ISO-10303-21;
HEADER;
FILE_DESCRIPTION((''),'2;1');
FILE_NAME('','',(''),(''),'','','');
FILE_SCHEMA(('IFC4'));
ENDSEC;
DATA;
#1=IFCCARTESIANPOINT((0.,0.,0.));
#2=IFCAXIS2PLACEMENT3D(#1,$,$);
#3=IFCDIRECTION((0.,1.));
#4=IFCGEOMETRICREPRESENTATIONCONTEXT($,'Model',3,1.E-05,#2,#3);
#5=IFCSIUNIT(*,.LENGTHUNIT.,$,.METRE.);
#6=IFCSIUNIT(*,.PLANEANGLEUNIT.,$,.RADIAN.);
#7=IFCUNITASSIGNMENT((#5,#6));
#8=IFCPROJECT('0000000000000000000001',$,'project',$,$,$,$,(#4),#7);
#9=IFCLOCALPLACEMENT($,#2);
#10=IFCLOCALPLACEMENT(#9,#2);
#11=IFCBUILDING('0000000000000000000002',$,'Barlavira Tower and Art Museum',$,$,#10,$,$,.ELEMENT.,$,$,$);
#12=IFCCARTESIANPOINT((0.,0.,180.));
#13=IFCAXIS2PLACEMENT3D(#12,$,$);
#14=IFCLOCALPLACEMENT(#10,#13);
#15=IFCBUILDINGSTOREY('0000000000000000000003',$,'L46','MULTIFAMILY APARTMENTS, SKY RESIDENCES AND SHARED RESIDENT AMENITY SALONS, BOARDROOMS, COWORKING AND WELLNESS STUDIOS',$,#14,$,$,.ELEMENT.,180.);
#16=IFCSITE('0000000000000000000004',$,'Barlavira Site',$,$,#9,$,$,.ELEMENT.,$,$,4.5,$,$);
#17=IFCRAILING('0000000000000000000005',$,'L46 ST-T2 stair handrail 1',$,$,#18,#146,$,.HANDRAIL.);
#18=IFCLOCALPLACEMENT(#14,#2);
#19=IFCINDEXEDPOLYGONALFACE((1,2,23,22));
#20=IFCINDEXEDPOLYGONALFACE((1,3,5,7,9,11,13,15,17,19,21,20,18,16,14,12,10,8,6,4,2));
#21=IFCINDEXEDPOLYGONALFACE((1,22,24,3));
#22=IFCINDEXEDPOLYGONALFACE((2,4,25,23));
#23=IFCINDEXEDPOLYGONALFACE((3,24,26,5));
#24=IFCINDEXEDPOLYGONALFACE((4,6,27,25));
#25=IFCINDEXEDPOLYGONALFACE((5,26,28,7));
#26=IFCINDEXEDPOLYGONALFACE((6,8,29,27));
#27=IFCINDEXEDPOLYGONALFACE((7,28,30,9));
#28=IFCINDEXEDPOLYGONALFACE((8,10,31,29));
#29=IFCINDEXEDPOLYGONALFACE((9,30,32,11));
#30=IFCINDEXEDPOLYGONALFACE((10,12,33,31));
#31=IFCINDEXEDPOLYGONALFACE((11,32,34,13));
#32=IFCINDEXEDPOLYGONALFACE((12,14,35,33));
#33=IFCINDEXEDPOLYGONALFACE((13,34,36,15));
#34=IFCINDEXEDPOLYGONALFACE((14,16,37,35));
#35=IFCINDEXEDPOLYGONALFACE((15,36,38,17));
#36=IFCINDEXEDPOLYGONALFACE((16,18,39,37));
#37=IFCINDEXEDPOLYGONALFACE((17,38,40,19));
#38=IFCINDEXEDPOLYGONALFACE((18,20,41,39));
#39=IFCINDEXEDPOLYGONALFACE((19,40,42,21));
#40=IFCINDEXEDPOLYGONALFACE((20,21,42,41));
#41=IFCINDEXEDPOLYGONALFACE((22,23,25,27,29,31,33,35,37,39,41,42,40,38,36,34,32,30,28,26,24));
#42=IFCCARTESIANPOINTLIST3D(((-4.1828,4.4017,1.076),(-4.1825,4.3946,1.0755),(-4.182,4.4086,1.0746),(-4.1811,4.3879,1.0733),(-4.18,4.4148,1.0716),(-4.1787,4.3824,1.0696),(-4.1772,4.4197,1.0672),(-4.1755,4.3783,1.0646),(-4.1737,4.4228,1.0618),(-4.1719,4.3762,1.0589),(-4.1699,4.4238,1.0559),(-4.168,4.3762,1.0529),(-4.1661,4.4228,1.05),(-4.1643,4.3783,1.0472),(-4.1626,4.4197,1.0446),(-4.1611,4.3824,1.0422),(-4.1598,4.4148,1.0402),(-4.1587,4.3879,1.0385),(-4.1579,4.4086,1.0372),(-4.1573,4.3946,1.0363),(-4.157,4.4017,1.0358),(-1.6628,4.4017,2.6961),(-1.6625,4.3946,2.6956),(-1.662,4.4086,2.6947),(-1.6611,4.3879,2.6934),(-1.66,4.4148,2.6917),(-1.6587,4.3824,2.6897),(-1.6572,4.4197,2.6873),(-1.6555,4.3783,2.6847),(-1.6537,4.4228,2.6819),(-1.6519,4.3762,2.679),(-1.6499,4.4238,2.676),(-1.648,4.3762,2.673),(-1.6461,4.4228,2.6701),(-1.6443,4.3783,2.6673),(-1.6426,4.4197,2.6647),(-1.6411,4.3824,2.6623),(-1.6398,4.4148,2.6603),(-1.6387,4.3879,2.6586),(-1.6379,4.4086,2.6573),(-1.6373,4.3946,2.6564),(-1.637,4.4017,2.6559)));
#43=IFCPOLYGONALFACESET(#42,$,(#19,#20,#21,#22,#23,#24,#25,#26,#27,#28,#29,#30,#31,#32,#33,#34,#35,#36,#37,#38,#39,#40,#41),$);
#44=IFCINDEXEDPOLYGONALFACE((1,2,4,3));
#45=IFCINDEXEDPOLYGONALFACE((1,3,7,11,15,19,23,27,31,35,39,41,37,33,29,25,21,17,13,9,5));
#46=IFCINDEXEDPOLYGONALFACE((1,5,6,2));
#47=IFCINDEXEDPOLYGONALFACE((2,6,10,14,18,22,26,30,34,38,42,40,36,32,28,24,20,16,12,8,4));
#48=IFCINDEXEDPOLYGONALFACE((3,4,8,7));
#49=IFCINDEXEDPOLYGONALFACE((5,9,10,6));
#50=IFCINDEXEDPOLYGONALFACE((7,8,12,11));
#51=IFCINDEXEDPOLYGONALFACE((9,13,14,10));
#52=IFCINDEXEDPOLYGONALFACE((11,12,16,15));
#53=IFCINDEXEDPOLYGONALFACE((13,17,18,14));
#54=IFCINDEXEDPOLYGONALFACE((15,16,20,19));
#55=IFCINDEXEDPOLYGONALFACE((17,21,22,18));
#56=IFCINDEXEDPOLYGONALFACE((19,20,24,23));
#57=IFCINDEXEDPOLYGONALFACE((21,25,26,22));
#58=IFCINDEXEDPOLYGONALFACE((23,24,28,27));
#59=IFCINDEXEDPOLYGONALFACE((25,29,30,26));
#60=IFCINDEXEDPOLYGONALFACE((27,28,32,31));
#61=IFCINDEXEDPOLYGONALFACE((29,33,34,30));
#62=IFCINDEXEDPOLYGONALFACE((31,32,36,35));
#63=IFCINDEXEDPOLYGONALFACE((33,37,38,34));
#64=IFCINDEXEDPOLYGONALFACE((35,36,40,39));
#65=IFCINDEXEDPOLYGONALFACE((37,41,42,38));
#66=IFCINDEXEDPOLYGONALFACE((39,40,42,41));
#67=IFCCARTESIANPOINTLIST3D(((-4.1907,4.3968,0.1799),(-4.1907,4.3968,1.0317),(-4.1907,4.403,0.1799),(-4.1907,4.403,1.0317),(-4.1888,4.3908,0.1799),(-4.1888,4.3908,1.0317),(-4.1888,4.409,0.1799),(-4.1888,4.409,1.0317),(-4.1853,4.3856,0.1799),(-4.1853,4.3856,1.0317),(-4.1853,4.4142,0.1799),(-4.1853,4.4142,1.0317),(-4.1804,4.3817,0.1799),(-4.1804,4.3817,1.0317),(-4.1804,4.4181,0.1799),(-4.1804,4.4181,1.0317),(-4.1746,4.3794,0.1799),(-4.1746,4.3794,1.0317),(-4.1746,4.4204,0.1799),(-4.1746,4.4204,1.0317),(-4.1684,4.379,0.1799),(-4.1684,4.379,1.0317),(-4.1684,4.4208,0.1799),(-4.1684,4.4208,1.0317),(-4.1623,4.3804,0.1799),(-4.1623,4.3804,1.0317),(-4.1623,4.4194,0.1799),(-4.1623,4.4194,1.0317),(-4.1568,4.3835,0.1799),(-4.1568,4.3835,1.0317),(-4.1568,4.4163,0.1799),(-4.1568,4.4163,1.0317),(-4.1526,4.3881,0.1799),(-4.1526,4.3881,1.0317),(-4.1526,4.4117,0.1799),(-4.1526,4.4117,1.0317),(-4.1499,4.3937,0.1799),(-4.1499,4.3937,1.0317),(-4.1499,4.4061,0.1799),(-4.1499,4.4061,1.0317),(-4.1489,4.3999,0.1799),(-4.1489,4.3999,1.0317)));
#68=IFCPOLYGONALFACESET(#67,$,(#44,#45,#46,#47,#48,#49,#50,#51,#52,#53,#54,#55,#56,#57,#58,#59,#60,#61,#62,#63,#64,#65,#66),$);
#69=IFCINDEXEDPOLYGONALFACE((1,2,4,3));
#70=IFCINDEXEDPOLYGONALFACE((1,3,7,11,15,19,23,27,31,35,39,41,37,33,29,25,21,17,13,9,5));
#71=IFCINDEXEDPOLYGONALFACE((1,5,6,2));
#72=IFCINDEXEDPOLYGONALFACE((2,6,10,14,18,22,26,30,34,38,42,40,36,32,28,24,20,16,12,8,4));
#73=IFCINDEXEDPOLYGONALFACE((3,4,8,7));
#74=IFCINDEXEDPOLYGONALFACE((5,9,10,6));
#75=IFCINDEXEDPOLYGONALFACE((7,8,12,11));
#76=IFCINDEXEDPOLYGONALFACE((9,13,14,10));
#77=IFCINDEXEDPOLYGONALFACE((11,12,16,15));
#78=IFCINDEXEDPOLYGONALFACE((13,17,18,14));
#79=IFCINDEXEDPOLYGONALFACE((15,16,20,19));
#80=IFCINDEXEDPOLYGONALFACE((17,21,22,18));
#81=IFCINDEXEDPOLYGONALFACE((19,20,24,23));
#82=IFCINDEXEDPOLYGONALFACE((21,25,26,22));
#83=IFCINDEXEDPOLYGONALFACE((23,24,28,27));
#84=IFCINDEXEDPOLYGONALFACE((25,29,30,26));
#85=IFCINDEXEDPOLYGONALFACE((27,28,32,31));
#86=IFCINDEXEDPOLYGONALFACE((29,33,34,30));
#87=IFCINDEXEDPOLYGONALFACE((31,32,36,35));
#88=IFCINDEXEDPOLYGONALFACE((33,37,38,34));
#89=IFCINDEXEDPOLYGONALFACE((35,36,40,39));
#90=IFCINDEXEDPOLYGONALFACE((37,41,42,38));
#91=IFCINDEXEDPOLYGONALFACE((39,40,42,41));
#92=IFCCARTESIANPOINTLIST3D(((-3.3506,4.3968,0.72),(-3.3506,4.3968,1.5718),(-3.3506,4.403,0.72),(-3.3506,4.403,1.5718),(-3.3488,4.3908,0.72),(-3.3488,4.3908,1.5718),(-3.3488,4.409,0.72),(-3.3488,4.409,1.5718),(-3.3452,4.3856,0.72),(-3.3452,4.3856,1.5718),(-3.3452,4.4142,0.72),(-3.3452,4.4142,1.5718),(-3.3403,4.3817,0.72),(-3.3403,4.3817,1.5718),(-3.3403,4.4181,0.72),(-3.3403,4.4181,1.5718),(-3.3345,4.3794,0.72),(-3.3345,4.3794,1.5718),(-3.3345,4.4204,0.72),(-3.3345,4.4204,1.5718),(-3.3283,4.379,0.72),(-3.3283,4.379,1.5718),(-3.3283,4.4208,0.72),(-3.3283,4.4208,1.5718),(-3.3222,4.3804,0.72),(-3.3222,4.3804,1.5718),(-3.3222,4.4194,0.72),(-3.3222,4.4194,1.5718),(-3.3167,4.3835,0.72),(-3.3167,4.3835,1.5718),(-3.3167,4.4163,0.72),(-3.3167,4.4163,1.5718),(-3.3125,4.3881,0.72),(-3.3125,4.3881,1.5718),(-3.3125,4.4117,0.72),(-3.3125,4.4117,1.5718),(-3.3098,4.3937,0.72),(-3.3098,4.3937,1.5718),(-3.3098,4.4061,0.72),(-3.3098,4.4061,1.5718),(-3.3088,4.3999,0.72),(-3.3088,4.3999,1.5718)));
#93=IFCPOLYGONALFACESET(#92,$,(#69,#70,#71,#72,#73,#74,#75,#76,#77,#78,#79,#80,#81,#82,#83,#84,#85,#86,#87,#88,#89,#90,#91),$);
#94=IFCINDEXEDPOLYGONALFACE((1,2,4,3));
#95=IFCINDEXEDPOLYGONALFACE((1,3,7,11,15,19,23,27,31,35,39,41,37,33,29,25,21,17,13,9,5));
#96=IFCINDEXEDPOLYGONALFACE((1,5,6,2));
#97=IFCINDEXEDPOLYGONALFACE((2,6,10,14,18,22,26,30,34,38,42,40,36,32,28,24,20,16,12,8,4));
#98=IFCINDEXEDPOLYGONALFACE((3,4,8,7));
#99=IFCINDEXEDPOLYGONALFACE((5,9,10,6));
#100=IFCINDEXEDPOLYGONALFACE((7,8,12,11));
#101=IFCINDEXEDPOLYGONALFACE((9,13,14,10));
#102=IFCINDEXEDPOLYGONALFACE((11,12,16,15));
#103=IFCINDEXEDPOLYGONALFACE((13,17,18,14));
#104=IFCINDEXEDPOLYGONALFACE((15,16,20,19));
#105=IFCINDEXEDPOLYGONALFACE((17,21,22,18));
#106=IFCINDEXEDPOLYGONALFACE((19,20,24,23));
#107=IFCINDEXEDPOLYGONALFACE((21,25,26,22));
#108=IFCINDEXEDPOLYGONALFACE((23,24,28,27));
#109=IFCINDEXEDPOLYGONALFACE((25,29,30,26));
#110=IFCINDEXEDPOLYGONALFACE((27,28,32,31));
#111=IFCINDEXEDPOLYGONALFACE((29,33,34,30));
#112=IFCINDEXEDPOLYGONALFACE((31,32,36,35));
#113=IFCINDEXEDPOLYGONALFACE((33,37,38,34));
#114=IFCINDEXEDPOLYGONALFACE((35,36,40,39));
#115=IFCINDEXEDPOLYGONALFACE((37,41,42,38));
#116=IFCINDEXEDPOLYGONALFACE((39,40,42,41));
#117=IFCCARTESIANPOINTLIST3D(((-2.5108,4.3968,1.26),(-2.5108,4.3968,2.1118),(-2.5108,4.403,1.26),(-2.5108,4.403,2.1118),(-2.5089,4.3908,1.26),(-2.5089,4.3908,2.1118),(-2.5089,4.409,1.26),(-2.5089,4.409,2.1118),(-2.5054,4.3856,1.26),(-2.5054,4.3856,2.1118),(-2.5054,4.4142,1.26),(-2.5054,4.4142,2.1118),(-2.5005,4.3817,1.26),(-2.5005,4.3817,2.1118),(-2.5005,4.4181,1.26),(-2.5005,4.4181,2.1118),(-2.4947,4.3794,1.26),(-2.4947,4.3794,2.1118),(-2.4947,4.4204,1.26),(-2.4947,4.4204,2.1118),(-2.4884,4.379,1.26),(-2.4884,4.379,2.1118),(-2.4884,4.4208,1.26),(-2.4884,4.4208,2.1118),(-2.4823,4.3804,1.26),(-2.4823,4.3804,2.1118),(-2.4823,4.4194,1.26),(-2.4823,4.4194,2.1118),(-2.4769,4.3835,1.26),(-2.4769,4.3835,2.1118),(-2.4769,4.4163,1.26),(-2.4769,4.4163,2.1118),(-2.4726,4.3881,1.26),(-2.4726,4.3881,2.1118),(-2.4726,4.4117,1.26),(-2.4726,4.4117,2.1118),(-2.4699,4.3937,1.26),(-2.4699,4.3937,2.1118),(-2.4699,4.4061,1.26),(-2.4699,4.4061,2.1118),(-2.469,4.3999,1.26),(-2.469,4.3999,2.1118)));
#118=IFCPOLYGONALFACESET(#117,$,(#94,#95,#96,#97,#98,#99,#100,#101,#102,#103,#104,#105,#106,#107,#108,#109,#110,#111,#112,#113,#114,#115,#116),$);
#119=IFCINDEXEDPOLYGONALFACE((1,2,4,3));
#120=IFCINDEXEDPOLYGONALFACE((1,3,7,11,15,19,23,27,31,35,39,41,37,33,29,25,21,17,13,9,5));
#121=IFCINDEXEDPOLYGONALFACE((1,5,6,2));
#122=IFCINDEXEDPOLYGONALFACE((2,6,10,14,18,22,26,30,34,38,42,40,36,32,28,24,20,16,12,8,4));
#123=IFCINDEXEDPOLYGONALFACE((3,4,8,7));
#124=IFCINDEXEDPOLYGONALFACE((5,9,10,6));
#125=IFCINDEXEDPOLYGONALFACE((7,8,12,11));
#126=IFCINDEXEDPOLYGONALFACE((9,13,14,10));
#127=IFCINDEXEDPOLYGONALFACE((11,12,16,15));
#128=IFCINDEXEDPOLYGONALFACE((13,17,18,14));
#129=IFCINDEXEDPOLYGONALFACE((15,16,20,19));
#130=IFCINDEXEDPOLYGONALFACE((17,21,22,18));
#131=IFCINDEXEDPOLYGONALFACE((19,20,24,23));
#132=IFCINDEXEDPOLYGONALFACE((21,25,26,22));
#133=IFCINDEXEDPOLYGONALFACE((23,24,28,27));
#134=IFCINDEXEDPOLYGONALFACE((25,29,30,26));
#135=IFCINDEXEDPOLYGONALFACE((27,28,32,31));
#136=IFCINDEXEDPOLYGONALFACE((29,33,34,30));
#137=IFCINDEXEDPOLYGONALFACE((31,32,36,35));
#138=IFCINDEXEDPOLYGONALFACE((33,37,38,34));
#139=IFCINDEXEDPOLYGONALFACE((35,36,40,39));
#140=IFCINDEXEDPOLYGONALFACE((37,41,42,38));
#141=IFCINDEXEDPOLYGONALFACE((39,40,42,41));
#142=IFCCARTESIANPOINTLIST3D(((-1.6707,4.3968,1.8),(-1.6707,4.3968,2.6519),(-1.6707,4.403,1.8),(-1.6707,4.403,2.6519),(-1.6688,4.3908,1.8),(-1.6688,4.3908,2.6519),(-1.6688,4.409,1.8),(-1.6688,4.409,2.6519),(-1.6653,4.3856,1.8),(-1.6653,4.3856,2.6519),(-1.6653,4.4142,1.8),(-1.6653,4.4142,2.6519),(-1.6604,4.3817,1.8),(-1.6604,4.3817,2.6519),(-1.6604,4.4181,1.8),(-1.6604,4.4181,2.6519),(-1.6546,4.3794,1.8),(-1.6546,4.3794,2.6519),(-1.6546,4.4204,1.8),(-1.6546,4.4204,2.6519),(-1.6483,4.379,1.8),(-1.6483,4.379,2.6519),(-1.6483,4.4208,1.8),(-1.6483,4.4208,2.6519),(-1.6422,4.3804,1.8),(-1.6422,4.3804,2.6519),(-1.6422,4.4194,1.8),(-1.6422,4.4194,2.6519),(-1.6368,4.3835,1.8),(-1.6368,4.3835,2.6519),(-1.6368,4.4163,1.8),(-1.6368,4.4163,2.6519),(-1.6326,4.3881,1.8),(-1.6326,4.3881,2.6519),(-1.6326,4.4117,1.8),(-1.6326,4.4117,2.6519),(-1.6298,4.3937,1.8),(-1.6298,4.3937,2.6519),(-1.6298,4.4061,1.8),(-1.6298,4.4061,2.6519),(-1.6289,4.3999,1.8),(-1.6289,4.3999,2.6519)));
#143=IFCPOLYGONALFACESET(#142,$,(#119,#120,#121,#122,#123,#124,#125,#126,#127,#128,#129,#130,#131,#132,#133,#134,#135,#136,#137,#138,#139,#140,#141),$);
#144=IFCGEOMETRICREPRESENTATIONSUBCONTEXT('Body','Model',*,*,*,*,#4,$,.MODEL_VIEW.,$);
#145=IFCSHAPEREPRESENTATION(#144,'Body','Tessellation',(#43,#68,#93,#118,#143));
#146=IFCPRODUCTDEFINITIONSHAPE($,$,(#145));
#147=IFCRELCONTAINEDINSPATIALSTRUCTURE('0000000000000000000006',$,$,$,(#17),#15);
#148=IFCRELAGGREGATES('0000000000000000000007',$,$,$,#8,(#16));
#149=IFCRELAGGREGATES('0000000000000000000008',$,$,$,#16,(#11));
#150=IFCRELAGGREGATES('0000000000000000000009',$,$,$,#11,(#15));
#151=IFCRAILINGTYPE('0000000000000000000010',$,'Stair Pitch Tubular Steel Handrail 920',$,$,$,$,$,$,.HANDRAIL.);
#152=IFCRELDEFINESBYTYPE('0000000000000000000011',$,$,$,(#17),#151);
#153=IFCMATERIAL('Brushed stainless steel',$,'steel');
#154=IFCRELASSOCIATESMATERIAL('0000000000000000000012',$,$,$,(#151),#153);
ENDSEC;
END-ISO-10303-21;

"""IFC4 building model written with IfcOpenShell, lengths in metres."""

from ifc_helpers import new_model, si_unit, direction, frame, origin, origin_2d, place, context, subcontext, project, spatial, circle, extrude, material, type_object, element, save


model = new_model("IFC4")

# Units and contexts
model_context = context("Model", 3, precision=1e-05, world=origin(), true_north=direction((0.0, 1.0)))
body_context = subcontext(model_context, "Body", "Model", "MODEL_VIEW")
ifc_project = project(units=[si_unit("LENGTHUNIT", "METRE"), si_unit("PLANEANGLEUNIT", "RADIAN")], contexts=[model_context])

# Site, building, storey
site_placement = place(None, origin())
site = spatial("IfcSite", under=ifc_project, at=site_placement, Name="Barlavira Site", CompositionType="ELEMENT", RefElevation=4.5)
building_placement = place(site_placement, origin())
building = spatial("IfcBuilding", under=site, at=building_placement, Name="Barlavira Tower and Art Museum", CompositionType="ELEMENT")
storey_placement = place(building_placement, frame((0.0, 0.0, 180.0)))
storey = spatial("IfcBuildingStorey", under=building, at=storey_placement, Name="L46", Description="MULTIFAMILY APARTMENTS, SKY RESIDENCES AND SHARED RESIDENT AMENITY SALONS, BOARDROOMS, COWORKING AND WELLNESS STUDIOS", CompositionType="ELEMENT", Elevation=180.0)

# Shared definitions
ifc_material_1 = material(Name="Brushed stainless steel", Category="steel")

# Railing
railing_type_1 = type_object("IfcRailingType", Name="Stair Pitch Tubular Steel Handrail 920", PredefinedType="HANDRAIL", material=ifc_material_1)
railing_1_placement = place(storey_placement, frame((-4.1699, 4.3999, 0.1799)))
element("IfcRailing", 1, at=railing_1_placement, inside=storey, type_object=railing_type_1, Name="L46 ST-T2 stair handrail 1", PredefinedType="HANDRAIL", context=body_context, shape_type="SweptSolid", body=[
    extrude(circle(Radius=0.0239, at=origin_2d()), frame((0.0, 0.0, 0.876), z_axis=(0.841163, 0.0, 0.540782), x_axis=(0.0, 1.0, 0.0)), (0.0, 0.0, 1.0), 2.9958),
    extrude(circle(Radius=0.021, at=origin_2d()), origin(), (0.0, 0.0, 1.0), 0.8518),
    extrude(circle(Radius=0.021, at=origin_2d()), frame((0.8401, 0.0, 0.54)), (0.0, 0.0, 1.0), 0.8518),
    extrude(circle(Radius=0.021, at=origin_2d()), frame((1.6799, 0.0, 1.0801)), (0.0, 0.0, 1.0), 0.8518),
    extrude(circle(Radius=0.021, at=origin_2d()), frame((2.52, 0.0, 1.6201)), (0.0, 0.0, 1.0), 0.8518),
])

save(model, "model.ifc")
